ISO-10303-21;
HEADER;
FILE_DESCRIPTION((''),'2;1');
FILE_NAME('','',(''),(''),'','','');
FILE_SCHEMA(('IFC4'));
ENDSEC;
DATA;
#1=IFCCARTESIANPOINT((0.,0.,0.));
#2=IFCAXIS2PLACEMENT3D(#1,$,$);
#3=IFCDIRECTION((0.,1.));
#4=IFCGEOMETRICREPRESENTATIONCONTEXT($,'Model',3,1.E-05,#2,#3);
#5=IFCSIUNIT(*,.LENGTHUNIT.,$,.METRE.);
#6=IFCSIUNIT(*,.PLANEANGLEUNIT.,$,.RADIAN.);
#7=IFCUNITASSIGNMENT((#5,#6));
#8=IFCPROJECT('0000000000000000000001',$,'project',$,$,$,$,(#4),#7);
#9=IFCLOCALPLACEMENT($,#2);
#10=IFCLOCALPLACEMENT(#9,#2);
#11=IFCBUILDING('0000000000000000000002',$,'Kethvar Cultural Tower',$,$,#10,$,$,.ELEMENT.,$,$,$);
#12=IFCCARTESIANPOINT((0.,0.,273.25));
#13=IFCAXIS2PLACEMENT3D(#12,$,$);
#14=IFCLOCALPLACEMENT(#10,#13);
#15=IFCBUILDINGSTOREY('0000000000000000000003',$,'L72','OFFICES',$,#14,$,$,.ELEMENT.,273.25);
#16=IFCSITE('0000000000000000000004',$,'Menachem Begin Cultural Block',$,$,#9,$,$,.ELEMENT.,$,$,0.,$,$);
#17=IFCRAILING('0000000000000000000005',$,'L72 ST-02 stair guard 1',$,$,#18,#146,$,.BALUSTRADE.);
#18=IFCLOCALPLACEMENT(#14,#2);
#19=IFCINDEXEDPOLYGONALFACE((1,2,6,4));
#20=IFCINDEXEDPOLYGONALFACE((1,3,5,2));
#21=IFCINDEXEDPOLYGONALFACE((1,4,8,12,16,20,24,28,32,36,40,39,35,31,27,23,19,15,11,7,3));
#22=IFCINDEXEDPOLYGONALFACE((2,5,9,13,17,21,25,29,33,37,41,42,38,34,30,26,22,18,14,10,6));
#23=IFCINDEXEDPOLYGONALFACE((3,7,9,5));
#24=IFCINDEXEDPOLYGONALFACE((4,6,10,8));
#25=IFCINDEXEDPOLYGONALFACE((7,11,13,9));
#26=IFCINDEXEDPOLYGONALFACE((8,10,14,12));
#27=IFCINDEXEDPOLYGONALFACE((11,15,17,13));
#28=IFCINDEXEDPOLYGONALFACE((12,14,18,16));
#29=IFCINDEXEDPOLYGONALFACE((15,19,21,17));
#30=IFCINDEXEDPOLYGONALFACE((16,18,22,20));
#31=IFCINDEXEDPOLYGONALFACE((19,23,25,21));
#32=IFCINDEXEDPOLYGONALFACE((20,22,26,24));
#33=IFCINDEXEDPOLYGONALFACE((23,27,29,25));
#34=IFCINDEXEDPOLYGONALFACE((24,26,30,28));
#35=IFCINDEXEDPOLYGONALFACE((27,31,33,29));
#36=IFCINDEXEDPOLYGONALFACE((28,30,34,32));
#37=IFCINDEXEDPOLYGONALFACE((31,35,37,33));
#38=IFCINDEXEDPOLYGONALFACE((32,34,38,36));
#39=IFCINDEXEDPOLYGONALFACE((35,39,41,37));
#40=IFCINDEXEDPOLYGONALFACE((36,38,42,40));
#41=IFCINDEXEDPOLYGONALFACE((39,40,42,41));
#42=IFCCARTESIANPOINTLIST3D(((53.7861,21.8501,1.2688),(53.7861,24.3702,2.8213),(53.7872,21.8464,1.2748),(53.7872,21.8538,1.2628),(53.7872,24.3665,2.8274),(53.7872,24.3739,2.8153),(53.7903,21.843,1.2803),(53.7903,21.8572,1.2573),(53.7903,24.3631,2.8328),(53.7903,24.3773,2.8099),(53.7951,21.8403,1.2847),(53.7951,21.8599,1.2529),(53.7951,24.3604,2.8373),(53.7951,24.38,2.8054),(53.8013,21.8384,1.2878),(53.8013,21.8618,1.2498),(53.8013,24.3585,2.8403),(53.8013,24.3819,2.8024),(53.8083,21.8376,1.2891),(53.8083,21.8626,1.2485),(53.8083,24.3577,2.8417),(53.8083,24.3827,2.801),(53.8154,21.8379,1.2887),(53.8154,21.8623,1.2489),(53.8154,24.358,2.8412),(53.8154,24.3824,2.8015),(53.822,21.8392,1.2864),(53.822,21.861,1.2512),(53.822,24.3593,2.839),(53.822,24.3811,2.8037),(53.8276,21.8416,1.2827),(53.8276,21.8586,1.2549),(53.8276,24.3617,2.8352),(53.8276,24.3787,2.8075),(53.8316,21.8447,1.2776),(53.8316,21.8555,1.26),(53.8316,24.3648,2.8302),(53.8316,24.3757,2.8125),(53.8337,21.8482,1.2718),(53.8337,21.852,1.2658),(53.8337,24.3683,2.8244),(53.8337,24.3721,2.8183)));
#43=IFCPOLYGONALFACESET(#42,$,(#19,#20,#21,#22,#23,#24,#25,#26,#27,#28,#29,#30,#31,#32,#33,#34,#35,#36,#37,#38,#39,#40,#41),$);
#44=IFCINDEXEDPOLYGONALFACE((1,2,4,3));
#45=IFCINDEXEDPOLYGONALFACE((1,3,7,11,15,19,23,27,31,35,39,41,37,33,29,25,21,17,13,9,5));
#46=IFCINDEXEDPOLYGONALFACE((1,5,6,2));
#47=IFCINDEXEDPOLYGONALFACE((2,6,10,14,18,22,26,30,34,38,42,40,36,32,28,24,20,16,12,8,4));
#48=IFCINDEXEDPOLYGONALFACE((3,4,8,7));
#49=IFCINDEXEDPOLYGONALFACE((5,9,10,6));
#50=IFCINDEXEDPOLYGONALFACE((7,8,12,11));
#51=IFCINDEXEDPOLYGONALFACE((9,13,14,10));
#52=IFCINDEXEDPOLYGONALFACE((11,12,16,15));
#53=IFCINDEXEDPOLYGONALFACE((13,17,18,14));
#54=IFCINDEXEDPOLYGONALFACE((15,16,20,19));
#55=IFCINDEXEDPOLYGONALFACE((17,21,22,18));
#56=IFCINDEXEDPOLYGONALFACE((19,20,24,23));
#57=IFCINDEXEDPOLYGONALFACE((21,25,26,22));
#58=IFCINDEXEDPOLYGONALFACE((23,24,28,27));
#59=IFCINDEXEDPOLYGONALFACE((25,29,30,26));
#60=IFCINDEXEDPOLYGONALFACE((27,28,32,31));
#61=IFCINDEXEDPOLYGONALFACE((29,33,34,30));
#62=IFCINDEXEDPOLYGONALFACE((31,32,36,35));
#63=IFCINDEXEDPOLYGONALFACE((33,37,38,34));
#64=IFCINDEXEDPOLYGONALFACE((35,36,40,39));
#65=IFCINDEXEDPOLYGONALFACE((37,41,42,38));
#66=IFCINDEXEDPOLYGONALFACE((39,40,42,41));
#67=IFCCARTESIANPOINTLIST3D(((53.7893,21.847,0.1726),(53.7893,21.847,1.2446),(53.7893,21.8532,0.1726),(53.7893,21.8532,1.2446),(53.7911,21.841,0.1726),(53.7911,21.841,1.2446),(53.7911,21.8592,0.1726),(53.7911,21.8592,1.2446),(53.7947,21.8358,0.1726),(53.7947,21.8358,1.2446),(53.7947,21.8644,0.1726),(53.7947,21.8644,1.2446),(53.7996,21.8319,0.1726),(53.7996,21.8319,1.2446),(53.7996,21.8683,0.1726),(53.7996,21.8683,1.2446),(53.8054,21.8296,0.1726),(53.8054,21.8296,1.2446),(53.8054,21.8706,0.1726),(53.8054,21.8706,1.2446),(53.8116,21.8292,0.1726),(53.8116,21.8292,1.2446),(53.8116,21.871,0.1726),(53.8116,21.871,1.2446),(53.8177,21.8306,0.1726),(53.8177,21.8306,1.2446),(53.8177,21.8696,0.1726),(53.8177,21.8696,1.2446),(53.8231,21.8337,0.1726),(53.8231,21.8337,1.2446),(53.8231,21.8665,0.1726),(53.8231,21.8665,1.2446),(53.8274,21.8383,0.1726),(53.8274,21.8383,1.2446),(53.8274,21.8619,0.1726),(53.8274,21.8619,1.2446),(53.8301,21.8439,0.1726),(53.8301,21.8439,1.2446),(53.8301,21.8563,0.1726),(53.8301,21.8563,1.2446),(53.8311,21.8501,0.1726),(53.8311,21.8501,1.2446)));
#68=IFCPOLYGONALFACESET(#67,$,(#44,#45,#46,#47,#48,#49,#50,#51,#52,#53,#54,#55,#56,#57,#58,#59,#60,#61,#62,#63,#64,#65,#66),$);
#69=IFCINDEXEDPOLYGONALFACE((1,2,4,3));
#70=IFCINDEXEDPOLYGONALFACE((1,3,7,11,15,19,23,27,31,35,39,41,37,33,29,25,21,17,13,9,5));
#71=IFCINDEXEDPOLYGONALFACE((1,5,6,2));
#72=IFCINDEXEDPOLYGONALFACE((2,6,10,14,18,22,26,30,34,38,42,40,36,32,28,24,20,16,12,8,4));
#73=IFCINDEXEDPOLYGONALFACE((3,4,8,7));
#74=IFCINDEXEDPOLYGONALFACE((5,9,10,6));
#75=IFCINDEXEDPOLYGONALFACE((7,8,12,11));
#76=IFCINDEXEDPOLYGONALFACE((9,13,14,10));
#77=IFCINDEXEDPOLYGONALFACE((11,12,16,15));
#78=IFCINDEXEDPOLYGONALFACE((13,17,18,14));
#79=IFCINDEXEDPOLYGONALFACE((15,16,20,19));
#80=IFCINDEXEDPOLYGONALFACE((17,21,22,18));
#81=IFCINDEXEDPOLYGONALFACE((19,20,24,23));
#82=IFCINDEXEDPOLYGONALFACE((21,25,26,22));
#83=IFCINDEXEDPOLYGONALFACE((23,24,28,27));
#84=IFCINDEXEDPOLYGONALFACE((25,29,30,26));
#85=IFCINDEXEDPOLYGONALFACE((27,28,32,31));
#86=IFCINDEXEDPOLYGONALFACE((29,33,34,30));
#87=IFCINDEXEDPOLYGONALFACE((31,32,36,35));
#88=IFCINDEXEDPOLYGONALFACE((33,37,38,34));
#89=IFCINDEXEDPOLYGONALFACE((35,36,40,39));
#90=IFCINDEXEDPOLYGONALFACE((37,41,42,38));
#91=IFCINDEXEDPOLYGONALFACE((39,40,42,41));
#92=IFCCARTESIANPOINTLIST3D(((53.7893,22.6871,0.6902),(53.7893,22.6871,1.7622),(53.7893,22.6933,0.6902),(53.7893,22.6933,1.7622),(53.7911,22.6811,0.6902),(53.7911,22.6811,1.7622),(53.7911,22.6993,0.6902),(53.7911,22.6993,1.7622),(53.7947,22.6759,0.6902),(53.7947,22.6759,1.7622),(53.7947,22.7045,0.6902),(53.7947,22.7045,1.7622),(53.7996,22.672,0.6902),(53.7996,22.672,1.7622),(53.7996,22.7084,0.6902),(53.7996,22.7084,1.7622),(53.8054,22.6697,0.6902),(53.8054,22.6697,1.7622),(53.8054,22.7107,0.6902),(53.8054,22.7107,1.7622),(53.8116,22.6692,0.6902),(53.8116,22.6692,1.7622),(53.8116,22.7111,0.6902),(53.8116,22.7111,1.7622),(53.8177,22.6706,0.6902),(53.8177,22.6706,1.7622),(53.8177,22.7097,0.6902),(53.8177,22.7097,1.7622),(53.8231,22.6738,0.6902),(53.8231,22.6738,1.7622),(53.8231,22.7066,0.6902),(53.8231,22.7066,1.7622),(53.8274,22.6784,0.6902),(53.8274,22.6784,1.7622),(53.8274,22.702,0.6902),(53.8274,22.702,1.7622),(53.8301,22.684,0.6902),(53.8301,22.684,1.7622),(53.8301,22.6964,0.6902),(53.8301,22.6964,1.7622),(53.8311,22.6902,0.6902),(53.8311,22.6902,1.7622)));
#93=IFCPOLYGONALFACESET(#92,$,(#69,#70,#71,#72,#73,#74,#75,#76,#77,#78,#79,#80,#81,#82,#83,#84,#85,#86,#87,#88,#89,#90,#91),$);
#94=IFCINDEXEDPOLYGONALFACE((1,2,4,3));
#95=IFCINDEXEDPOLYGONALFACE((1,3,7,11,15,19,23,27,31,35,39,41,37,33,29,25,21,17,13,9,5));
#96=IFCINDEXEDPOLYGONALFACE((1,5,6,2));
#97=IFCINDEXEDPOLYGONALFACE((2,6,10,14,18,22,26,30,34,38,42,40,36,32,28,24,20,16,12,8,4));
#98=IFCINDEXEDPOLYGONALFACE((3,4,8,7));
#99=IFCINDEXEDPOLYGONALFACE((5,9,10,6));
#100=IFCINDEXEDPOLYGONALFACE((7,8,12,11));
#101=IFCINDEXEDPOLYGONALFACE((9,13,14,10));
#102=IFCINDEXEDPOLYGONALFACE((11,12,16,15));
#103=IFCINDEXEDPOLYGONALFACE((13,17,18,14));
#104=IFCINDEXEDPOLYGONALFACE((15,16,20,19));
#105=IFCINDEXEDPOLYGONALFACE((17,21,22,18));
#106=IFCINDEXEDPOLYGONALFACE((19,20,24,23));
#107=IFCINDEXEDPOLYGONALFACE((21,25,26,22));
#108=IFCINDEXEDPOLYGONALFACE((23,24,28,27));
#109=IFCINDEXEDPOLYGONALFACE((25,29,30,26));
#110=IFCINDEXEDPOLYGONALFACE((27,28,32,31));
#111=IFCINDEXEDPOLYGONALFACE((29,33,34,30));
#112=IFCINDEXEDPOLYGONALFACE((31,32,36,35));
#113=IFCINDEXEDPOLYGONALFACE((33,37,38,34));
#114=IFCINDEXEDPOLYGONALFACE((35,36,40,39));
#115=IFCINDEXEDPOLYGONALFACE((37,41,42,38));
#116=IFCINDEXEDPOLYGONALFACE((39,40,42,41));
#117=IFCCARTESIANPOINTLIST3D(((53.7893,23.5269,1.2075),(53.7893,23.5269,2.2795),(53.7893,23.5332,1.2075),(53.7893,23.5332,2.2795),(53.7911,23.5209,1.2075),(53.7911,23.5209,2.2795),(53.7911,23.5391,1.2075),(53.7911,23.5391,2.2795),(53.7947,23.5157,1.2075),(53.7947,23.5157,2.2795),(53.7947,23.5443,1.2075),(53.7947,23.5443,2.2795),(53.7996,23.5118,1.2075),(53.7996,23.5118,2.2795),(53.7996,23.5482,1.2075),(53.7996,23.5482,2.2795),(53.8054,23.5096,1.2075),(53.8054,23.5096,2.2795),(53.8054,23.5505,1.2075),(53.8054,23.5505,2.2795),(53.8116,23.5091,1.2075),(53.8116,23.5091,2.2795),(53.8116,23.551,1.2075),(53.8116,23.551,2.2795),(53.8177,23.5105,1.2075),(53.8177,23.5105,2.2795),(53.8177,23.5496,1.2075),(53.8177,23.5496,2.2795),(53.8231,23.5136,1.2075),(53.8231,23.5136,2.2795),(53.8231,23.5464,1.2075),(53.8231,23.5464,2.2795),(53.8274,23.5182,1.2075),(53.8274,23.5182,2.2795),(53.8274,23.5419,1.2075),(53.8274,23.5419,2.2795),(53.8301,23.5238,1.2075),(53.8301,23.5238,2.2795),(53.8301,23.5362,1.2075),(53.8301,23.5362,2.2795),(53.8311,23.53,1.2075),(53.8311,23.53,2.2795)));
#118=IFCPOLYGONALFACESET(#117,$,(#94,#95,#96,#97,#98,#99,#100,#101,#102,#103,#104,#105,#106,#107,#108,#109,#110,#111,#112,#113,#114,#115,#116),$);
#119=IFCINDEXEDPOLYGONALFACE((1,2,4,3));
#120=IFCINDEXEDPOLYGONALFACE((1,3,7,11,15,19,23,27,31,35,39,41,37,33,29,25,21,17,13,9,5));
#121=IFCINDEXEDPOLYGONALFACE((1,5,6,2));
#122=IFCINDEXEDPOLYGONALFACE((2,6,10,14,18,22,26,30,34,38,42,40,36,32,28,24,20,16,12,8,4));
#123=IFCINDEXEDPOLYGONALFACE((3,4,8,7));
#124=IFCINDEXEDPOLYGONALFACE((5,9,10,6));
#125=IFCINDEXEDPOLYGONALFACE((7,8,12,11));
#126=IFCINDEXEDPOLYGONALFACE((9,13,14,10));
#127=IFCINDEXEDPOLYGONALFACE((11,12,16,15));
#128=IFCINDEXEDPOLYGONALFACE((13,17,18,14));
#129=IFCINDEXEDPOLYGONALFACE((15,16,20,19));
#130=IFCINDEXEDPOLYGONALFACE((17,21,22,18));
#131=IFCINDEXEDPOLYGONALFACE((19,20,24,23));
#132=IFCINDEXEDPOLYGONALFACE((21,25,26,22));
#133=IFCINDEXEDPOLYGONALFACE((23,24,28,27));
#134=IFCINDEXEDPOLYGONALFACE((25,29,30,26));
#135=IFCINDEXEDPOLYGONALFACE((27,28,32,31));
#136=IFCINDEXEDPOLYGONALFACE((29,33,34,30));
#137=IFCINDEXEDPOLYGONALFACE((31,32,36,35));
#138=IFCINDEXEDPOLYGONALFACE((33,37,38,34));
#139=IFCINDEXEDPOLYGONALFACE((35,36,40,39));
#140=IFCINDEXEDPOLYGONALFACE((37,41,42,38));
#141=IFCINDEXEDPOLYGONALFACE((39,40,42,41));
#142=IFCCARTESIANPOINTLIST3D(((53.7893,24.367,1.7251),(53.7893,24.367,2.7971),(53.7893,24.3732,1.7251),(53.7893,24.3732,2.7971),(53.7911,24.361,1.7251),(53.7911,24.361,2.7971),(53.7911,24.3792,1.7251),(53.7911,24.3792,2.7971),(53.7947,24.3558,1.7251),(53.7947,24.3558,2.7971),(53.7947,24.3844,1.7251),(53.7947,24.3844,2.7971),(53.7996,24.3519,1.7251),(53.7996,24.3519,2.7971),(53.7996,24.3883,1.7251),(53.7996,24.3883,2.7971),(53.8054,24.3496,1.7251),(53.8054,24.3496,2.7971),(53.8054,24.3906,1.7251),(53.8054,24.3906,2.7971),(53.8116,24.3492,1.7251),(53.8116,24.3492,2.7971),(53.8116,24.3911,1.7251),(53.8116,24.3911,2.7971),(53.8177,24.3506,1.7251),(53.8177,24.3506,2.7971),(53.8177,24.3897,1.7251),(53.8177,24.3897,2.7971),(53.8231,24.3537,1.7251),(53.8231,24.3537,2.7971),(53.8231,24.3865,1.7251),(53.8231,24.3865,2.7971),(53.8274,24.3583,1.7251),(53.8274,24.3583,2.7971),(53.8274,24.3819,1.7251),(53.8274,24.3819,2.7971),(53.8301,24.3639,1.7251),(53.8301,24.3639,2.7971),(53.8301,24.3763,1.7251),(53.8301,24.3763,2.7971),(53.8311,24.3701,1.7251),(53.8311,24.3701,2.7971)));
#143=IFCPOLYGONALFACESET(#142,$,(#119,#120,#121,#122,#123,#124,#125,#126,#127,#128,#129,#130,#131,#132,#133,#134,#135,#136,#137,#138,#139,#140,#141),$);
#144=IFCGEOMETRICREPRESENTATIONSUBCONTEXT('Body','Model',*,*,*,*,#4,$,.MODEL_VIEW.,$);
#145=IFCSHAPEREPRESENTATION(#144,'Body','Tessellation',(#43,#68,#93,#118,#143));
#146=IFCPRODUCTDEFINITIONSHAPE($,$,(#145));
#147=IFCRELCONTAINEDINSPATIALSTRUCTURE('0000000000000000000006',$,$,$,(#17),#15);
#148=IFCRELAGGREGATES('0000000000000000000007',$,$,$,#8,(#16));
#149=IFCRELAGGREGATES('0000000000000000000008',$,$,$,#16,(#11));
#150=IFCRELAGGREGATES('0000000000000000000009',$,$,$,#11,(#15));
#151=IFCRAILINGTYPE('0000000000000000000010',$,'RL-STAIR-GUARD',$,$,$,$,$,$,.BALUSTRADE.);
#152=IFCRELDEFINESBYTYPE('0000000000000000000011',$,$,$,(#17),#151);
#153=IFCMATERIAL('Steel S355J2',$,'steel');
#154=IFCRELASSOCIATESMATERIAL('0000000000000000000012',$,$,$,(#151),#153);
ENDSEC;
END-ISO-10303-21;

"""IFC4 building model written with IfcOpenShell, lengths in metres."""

from ifc_helpers import new_model, si_unit, direction, frame, origin, origin_2d, place, context, subcontext, project, spatial, circle, extrude, material, type_object, element, save


model = new_model("IFC4")

# Units and contexts
model_context = context("Model", 3, precision=1e-05, world=origin(), true_north=direction((0.0, 1.0)))
body_context = subcontext(model_context, "Body", "Model", "MODEL_VIEW")
ifc_project = project(units=[si_unit("LENGTHUNIT", "METRE"), si_unit("PLANEANGLEUNIT", "RADIAN")], contexts=[model_context])

# Site, building, storey
site_placement = place(None, origin())
site = spatial("IfcSite", under=ifc_project, at=site_placement, Name="Menachem Begin Cultural Block", CompositionType="ELEMENT", RefElevation=0.0)
building_placement = place(site_placement, origin())
building = spatial("IfcBuilding", under=site, at=building_placement, Name="Kethvar Cultural Tower", CompositionType="ELEMENT")
storey_placement = place(building_placement, frame((0.0, 0.0, 273.25)))
storey = spatial("IfcBuildingStorey", under=building, at=storey_placement, Name="L72", Description="OFFICES", CompositionType="ELEMENT", Elevation=273.25)

# Shared definitions
ifc_material_1 = material(Name="Steel S355J2", Category="steel")

# Railing
railing_type_1 = type_object("IfcRailingType", Name="RL-STAIR-GUARD", PredefinedType="BALUSTRADE", material=ifc_material_1)
railing_1_placement = place(storey_placement, frame((53.8101, 21.8501, 0.1726)))
element("IfcRailing", 1, at=railing_1_placement, inside=storey, type_object=railing_type_1, Name="L72 ST-02 stair guard 1", PredefinedType="BALUSTRADE", context=body_context, shape_type="SweptSolid", body=[
    extrude(circle(Radius=0.0239, at=origin_2d()), frame((0.0, 0.0, 1.0962), z_axis=(0.0, 0.8514, 0.524516), x_axis=(-1.0, 0.0, 0.0)), (0.0, 0.0, 1.0), 2.96),
    extrude(circle(Radius=0.021, at=origin_2d()), origin(), (0.0, 0.0, 1.0), 1.072),
    extrude(circle(Radius=0.021, at=origin_2d()), frame((0.0, 0.8401, 0.5176)), (0.0, 0.0, 1.0), 1.072),
    extrude(circle(Radius=0.021, at=origin_2d()), frame((0.0, 1.6799, 1.0349)), (0.0, 0.0, 1.0), 1.072),
    extrude(circle(Radius=0.021, at=origin_2d()), frame((0.0, 2.52, 1.5525)), (0.0, 0.0, 1.0), 1.072),
])

save(model, "model.ifc")
